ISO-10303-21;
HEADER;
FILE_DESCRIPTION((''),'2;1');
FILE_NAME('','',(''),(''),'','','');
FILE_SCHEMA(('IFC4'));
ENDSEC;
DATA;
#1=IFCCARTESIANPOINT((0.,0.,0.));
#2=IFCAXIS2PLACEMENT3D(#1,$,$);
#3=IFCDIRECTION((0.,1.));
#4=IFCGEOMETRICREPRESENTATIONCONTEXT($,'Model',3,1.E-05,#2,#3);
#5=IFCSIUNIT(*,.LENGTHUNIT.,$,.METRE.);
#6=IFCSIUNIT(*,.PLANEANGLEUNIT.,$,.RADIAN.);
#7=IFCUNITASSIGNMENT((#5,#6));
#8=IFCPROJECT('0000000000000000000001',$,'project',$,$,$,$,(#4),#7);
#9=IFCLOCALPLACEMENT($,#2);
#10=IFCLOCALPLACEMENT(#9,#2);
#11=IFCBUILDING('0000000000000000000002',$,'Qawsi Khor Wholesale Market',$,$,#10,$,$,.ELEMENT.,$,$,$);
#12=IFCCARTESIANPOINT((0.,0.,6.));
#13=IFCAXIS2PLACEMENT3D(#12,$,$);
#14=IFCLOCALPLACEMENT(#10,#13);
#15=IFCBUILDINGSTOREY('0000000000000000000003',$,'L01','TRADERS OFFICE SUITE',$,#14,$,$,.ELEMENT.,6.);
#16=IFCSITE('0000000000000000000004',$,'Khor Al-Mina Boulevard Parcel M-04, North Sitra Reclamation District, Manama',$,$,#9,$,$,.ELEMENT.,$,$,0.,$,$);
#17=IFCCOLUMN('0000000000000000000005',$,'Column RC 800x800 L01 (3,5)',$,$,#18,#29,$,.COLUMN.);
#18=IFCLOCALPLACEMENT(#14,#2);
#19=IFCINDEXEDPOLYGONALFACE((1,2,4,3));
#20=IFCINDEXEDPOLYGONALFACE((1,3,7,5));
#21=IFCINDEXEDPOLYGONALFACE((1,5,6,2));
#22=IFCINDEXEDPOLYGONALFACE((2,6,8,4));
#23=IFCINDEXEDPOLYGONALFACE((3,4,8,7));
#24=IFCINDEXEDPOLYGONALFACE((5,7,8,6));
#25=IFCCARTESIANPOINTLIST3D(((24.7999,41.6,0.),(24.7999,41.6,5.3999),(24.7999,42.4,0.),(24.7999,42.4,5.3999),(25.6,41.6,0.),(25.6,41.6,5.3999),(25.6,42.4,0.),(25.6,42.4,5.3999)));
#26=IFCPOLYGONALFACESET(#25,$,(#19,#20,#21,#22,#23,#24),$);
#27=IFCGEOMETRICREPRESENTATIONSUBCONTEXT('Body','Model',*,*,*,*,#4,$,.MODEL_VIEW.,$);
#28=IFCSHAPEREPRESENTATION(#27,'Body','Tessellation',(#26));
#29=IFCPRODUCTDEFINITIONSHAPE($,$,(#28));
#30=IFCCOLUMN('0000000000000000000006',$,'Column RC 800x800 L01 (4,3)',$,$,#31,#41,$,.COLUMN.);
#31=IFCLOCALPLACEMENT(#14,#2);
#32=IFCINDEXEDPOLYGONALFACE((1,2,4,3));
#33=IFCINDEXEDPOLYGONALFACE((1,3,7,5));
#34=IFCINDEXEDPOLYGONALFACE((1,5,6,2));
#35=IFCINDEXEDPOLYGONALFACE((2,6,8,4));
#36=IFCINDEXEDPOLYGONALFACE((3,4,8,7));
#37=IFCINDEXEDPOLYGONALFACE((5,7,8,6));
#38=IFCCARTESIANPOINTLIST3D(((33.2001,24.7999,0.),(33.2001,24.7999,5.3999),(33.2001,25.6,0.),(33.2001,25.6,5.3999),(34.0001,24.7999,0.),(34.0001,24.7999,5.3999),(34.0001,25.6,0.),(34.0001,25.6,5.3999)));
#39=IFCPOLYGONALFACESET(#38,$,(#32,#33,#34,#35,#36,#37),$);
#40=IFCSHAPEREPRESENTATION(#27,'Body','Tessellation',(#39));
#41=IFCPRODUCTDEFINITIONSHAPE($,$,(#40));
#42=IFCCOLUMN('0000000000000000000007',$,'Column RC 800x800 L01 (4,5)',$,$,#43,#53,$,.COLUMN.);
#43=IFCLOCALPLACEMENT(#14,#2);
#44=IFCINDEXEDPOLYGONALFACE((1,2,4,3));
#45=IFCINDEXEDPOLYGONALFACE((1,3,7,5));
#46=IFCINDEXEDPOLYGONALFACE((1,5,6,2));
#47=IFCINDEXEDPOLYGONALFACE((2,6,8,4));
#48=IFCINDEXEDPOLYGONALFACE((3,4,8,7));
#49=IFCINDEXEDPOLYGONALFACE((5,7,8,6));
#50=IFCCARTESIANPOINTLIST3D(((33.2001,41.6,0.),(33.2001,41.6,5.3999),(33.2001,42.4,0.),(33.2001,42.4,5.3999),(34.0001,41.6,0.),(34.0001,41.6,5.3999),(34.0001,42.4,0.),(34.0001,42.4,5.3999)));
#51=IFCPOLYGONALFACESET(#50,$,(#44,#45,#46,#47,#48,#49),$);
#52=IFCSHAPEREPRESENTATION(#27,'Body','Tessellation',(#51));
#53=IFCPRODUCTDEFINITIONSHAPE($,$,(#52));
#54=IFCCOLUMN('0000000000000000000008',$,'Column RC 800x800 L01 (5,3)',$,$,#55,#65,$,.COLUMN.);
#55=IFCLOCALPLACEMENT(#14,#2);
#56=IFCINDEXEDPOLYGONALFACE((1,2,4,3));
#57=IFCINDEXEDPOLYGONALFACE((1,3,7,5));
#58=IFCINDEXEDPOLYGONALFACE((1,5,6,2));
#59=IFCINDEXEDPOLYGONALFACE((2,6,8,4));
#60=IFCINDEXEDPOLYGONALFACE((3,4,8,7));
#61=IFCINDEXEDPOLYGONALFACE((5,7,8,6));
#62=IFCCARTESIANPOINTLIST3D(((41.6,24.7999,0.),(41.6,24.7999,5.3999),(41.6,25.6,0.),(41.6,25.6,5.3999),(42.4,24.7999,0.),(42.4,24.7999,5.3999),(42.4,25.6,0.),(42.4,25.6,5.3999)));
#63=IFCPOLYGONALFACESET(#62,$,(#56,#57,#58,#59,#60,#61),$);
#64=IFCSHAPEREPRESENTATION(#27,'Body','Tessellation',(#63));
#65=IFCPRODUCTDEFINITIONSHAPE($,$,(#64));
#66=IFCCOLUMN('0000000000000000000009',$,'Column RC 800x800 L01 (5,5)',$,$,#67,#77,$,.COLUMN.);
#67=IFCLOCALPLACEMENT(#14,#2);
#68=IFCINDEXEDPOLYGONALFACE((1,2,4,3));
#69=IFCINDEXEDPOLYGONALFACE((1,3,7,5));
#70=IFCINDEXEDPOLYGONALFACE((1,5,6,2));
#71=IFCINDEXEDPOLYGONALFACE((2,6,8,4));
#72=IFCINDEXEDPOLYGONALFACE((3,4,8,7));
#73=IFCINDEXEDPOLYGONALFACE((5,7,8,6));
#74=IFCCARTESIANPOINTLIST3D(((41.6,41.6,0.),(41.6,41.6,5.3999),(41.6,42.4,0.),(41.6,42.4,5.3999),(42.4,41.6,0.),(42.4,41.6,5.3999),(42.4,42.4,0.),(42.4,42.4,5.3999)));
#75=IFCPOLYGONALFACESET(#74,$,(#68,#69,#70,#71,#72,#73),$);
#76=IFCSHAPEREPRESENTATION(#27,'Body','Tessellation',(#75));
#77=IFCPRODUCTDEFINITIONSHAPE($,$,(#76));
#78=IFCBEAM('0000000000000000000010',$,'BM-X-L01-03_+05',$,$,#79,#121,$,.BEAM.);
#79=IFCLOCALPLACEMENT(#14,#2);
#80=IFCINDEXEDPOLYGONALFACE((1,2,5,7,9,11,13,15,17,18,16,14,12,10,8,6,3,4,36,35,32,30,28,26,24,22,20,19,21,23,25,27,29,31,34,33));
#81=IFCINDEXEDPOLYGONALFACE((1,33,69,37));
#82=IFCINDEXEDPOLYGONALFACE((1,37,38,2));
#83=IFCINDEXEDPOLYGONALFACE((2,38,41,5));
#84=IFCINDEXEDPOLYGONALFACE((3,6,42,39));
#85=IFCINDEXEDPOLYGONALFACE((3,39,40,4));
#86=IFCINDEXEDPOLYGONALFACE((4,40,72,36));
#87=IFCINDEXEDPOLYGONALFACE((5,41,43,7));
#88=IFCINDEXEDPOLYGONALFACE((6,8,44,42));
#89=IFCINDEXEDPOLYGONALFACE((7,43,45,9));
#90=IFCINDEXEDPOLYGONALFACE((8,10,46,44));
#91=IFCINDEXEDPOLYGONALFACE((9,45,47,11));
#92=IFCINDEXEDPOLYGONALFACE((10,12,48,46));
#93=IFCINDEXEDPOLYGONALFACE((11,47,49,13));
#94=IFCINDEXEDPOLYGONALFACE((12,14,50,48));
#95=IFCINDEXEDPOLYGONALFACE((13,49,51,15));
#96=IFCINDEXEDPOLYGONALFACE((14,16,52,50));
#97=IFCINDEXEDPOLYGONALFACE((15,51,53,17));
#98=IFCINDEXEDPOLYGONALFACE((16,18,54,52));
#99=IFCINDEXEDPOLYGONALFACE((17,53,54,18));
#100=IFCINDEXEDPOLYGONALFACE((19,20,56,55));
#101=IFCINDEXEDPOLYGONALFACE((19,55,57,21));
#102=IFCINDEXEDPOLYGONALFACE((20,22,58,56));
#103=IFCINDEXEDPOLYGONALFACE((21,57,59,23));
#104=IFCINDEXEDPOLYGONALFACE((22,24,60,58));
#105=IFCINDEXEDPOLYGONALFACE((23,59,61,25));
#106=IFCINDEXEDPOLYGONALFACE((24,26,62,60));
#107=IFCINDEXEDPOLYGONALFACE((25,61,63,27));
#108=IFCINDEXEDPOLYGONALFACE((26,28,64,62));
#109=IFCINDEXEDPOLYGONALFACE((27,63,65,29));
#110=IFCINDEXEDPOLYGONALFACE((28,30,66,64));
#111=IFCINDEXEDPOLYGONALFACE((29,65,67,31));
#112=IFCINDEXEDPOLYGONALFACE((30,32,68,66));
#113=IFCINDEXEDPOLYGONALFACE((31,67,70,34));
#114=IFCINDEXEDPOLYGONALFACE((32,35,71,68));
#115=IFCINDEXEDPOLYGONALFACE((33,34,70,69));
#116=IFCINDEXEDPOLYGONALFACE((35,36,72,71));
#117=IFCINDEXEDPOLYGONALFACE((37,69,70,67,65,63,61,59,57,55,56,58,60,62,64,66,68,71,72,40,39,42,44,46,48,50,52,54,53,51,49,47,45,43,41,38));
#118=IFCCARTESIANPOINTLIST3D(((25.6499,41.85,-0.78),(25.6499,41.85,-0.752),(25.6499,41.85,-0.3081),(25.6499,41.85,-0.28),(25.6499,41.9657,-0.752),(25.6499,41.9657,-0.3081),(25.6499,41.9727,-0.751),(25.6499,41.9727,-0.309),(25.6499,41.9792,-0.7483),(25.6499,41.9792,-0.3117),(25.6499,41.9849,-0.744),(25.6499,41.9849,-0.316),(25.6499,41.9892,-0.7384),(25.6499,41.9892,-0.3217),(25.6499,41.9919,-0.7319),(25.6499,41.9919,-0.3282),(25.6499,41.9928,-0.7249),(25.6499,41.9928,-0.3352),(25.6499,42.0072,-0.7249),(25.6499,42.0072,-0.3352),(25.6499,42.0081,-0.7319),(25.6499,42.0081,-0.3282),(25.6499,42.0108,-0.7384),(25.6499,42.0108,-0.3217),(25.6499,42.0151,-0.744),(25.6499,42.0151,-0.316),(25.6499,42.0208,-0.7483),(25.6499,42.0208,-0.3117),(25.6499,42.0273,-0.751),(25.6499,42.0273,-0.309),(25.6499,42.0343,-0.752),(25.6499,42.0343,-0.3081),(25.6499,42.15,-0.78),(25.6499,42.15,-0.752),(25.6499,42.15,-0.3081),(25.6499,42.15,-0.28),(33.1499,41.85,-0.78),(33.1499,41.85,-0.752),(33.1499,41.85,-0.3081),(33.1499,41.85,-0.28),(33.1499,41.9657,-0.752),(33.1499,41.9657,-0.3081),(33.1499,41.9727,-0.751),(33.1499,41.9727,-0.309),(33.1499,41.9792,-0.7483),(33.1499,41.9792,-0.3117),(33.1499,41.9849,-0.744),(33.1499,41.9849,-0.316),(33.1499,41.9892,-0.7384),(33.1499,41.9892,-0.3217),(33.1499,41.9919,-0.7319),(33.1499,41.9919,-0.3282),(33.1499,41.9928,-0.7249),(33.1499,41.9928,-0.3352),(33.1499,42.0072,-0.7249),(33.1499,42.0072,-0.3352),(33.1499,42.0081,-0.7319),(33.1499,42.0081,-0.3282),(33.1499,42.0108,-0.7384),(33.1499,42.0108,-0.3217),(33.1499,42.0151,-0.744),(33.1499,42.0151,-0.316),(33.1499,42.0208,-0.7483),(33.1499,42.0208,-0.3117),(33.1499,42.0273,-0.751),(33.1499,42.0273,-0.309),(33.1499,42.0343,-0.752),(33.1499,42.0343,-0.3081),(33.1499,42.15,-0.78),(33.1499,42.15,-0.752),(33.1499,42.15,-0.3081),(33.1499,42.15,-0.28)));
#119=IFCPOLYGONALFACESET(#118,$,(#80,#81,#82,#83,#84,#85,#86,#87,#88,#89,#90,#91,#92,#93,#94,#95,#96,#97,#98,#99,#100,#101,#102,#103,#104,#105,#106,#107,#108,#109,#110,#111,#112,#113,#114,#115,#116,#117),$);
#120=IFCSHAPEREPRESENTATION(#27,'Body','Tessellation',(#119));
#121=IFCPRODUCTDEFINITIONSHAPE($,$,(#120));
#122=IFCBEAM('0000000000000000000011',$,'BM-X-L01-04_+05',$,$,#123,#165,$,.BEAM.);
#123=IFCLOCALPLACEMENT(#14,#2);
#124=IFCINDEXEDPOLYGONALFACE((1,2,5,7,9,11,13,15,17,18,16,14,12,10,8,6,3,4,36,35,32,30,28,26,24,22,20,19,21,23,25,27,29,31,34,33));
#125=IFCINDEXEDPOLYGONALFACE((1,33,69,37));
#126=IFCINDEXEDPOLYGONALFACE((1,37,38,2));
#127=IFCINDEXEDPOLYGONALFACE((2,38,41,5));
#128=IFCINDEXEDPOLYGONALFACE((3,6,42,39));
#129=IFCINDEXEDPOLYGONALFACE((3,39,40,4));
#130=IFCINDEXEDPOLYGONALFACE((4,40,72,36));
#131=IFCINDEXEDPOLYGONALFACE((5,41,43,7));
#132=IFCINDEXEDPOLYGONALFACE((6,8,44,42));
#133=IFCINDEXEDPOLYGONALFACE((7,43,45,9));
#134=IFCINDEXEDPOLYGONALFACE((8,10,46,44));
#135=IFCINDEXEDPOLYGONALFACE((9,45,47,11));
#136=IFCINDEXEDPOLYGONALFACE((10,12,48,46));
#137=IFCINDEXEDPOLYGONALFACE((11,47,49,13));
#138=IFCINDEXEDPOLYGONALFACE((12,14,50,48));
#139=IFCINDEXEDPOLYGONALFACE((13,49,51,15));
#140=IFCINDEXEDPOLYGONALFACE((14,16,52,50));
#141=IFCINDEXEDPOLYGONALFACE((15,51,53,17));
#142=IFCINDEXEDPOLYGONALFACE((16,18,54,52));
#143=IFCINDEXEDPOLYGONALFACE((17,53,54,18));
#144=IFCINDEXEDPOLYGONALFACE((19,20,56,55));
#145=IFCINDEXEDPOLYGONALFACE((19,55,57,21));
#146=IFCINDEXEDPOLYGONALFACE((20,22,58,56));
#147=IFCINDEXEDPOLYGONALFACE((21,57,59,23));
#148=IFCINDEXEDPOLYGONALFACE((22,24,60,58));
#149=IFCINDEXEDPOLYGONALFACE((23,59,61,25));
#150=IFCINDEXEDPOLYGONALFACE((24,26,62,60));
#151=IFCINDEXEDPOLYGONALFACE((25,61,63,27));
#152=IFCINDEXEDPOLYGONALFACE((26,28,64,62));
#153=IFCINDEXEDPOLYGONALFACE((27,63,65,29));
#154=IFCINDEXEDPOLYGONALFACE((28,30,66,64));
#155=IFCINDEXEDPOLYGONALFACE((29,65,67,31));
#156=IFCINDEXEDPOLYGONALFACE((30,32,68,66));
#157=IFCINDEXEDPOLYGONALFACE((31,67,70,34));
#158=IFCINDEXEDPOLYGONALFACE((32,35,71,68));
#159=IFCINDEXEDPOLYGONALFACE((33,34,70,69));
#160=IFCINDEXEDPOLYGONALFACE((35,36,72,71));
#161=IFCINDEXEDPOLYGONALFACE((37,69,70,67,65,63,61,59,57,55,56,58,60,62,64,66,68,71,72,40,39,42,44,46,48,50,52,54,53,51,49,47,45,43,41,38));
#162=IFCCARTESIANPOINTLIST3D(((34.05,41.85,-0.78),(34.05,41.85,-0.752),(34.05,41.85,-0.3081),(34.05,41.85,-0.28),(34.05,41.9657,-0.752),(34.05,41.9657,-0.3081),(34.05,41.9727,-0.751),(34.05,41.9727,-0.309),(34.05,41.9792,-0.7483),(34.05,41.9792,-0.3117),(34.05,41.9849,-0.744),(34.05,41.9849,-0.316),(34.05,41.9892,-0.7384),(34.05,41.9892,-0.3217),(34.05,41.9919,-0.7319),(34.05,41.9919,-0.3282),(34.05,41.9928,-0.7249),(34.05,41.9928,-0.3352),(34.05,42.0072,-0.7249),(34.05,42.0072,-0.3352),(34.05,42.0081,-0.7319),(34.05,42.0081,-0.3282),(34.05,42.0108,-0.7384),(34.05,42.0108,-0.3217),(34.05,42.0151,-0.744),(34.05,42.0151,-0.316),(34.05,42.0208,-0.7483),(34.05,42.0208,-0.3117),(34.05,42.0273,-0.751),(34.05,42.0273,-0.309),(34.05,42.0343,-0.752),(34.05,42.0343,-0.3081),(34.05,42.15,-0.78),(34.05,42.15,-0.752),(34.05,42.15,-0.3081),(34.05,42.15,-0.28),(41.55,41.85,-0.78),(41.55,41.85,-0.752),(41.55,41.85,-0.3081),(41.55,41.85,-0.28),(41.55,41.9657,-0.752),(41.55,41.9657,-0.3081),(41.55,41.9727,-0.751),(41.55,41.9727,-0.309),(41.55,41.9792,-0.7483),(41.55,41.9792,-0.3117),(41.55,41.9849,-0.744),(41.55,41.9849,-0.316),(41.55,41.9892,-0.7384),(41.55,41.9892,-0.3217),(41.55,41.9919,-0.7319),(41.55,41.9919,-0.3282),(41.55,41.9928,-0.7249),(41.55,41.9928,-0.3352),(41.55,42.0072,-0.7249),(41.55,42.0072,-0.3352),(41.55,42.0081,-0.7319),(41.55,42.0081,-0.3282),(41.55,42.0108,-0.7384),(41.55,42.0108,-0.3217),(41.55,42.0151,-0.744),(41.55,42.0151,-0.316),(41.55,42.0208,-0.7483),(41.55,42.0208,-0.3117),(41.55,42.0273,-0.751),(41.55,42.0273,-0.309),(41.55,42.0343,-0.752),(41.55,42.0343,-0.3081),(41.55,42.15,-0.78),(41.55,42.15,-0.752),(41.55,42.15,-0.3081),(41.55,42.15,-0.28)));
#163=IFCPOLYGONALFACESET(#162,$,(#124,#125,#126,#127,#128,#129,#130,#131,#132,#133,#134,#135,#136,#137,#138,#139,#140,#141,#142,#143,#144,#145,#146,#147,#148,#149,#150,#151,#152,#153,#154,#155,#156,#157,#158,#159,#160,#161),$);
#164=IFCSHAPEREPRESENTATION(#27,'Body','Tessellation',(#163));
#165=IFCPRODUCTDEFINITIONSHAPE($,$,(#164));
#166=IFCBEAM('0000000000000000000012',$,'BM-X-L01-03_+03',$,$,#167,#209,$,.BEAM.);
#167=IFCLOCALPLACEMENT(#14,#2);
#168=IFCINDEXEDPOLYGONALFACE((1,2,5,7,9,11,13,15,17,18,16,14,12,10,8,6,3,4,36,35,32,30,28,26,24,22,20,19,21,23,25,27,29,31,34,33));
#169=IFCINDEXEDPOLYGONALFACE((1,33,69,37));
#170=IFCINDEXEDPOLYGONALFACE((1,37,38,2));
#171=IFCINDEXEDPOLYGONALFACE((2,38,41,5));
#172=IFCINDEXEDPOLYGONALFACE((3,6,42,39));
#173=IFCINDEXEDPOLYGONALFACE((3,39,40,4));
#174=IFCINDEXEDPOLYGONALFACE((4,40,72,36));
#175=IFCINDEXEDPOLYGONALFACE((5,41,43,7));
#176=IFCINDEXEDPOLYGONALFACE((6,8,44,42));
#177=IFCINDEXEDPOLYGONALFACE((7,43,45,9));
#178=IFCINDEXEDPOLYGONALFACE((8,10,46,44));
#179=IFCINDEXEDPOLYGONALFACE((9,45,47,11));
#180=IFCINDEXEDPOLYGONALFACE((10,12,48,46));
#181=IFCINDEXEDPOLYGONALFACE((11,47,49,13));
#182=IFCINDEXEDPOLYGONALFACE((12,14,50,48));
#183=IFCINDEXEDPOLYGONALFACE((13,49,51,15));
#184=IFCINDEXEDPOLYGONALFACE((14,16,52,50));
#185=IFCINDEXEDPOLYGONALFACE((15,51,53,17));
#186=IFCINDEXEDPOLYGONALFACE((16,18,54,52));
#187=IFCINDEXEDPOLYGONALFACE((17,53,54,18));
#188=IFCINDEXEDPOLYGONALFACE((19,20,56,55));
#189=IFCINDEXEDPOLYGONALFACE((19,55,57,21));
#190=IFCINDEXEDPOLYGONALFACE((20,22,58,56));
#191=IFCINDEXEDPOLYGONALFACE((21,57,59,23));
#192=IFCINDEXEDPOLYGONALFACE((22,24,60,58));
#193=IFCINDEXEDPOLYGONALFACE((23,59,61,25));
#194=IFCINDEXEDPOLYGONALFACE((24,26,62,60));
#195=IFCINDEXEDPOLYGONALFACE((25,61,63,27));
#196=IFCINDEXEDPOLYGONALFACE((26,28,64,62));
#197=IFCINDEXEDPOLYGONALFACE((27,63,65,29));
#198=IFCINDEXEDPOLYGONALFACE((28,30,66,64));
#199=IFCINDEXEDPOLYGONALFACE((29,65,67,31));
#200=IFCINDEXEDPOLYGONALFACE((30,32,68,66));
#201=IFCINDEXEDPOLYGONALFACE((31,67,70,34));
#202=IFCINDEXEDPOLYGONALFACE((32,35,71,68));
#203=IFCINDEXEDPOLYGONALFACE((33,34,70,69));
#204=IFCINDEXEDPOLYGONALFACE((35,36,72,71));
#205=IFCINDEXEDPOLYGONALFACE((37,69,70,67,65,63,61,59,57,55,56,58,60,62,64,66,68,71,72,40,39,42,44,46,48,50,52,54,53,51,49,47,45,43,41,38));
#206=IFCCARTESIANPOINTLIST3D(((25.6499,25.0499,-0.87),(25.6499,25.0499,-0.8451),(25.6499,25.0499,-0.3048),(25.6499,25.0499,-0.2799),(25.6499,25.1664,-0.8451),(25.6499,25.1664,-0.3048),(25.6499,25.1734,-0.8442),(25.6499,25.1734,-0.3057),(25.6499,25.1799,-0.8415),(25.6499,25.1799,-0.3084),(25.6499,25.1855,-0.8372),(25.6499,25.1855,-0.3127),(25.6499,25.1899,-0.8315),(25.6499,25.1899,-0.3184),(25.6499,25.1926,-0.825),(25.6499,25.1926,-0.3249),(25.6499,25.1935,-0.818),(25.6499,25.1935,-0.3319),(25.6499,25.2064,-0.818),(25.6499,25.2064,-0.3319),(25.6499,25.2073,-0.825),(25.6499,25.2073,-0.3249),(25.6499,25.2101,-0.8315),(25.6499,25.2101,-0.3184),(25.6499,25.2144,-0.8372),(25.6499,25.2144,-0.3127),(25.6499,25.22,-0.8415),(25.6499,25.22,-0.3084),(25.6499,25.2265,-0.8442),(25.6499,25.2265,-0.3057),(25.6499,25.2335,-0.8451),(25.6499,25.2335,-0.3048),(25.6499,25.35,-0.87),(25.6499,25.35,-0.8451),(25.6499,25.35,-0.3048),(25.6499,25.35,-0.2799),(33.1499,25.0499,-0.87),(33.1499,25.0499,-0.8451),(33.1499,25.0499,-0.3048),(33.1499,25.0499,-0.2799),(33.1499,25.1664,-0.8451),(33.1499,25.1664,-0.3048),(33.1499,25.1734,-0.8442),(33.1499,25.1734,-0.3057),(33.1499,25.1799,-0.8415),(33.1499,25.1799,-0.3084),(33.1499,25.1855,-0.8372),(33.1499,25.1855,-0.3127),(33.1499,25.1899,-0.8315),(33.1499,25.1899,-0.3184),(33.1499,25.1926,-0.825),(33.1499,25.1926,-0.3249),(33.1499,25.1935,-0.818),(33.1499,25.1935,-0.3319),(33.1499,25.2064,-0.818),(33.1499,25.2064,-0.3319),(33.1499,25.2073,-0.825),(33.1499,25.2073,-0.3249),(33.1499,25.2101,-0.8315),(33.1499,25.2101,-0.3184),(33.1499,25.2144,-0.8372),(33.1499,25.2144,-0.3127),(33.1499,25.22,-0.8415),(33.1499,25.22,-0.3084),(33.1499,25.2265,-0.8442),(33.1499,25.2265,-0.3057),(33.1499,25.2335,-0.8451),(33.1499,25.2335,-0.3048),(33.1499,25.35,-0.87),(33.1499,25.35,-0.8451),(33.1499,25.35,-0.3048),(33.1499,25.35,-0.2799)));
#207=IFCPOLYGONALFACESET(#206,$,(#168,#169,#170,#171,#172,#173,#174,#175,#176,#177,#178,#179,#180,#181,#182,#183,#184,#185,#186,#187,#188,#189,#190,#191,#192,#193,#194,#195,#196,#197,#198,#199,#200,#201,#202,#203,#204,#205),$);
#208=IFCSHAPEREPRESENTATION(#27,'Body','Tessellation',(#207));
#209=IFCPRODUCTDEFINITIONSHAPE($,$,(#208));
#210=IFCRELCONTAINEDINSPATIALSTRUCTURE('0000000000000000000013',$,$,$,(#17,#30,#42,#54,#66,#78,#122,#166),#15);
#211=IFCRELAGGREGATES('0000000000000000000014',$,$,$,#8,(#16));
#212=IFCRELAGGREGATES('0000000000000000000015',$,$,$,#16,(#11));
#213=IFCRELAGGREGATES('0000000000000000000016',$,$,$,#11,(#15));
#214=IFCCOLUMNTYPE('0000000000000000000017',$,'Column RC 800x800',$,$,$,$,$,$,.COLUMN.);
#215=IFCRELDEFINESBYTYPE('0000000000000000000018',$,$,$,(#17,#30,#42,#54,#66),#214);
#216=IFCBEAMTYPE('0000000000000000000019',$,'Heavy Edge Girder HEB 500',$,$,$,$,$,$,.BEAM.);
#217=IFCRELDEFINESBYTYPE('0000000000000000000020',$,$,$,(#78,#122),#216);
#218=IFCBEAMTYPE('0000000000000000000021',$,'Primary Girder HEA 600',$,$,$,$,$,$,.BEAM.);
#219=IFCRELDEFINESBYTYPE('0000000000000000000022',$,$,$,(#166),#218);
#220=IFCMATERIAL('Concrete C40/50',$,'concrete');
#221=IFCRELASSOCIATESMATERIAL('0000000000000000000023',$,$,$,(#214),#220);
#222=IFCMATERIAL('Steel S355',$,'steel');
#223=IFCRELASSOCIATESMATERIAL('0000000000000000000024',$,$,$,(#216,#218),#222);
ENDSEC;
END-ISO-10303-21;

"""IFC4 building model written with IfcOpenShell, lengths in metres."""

from ifc_helpers import new_model, si_unit, direction, frame, origin, origin_2d, place, context, subcontext, project, spatial, rectangle, i_section, extrude, material, material_profile, profile_set, type_object, element, save


model = new_model("IFC4")

# Units and contexts
model_context = context("Model", 3, precision=1e-05, world=origin(), true_north=direction((0.0, 1.0)))
body_context = subcontext(model_context, "Body", "Model", "MODEL_VIEW")
ifc_project = project(units=[si_unit("LENGTHUNIT", "METRE"), si_unit("PLANEANGLEUNIT", "RADIAN")], contexts=[model_context])

# Site, building, storey
site_placement = place(None, origin())
site = spatial("IfcSite", under=ifc_project, at=site_placement, Name="Khor Al-Mina Boulevard Parcel M-04, North Sitra Reclamation District, Manama", CompositionType="ELEMENT", RefElevation=0.0)
building_placement = place(site_placement, origin())
building = spatial("IfcBuilding", under=site, at=building_placement, Name="Qawsi Khor Wholesale Market", CompositionType="ELEMENT")
storey_placement = place(building_placement, frame((0.0, 0.0, 6.0)))
storey = spatial("IfcBuildingStorey", under=building, at=storey_placement, Name="L01", Description="TRADERS OFFICE SUITE", CompositionType="ELEMENT", Elevation=6.0)

# Columns
ifc_material_1 = material(Name="Concrete C40/50", Category="concrete")
ifc_material_profile_1 = material_profile(ifc_material_1, rectangle(XDim=0.8, YDim=0.8, at=origin_2d()), Name="RC 800x800")
ifc_profile_set_1 = profile_set([ifc_material_profile_1], Name="Concrete C40/50")
column_type = type_object("IfcColumnType", Name="Column RC 800x800", PredefinedType="COLUMN", material=ifc_profile_set_1)
for number, where, z_axis, x_axis, name in (
    (1, (25.2, 42.0, 0.0), (0.0, 0.0, 1.0), (1.0, 0.0, 0.0), "Column RC 800x800 L01 (3,5)"),
    (2, (33.6001, 25.2, 0.0), (0.0, 0.0, 1.0), (1.0, 0.0, 0.0), "Column RC 800x800 L01 (4,3)"),
    (3, (33.6001, 42.0, 0.0), (0.0, 0.0, 1.0), (1.0, 0.0, 0.0), "Column RC 800x800 L01 (4,5)"),
    (4, (42.0, 25.2, 0.0), (0.0, 0.0, 1.0), (1.0, 0.0, 0.0), "Column RC 800x800 L01 (5,3)"),
    (5, (42.0, 42.0, 0.0), (0.0, 0.0, 1.0), (1.0, 0.0, 0.0), "Column RC 800x800 L01 (5,5)"),
):
    element("IfcColumn", number, at=place(storey_placement, frame(where, z_axis=z_axis, x_axis=x_axis)), inside=storey, type_object=column_type, Name=name, PredefinedType="COLUMN", context=body_context, shape_type="SweptSolid", body=[
        extrude(rectangle(XDim=0.8, YDim=0.8, at=origin_2d()), origin(), (0.0, 0.0, 1.0), 5.3999),
    ])

# Beams
ifc_material_2 = material(Name="Steel S355", Category="steel")
ifc_material_profile_2 = material_profile(ifc_material_2, i_section(OverallWidth=0.3, OverallDepth=0.5, WebThickness=0.0144, FlangeThickness=0.0281, FilletRadius=0.0271, at=origin_2d()), Name="HEB 500")
ifc_profile_set_2 = profile_set([ifc_material_profile_2], Name="Steel S355")
beam_type_1 = type_object("IfcBeamType", Name="Heavy Edge Girder HEB 500", PredefinedType="BEAM", material=ifc_profile_set_2)
for number, where, z_axis, x_axis, name in (
    (6, (25.6499, 42.0, -0.53), (1.0, 0.0, 0.0), (0.0, 1.0, 0.0), "BM-X-L01-03_+05"),
    (7, (34.05, 42.0, -0.53), (1.0, 0.0, 0.0), (0.0, 1.0, 0.0), "BM-X-L01-04_+05"),
):
    element("IfcBeam", number, at=place(storey_placement, frame(where, z_axis=z_axis, x_axis=x_axis)), inside=storey, type_object=beam_type_1, Name=name, PredefinedType="BEAM", context=body_context, shape_type="SweptSolid", body=[
        extrude(i_section(OverallWidth=0.3, OverallDepth=0.5, WebThickness=0.0144, FlangeThickness=0.0281, FilletRadius=0.0271, at=origin_2d()), origin(), (0.0, 0.0, 1.0), 7.5),
    ])
ifc_material_profile_3 = material_profile(ifc_material_2, i_section(OverallWidth=0.3, OverallDepth=0.5901, WebThickness=0.0129, FlangeThickness=0.0249, FilletRadius=0.0271, at=origin_2d()), Name="HEA 600")
ifc_profile_set_3 = profile_set([ifc_material_profile_3], Name="Steel S355")
beam_type_2 = type_object("IfcBeamType", Name="Primary Girder HEA 600", PredefinedType="BEAM", material=ifc_profile_set_3)
for number, where, z_axis, x_axis, name in (
    (8, (25.6499, 25.2, -0.575), (1.0, 0.0, 0.0), (0.0, 1.0, 0.0), "BM-X-L01-03_+03"),
):
    element("IfcBeam", number, at=place(storey_placement, frame(where, z_axis=z_axis, x_axis=x_axis)), inside=storey, type_object=beam_type_2, Name=name, PredefinedType="BEAM", context=body_context, shape_type="SweptSolid", body=[
        extrude(i_section(OverallWidth=0.3, OverallDepth=0.5901, WebThickness=0.0129, FlangeThickness=0.0249, FilletRadius=0.0271, at=origin_2d()), origin(), (0.0, 0.0, 1.0), 7.5),
    ])

save(model, "model.ifc")
